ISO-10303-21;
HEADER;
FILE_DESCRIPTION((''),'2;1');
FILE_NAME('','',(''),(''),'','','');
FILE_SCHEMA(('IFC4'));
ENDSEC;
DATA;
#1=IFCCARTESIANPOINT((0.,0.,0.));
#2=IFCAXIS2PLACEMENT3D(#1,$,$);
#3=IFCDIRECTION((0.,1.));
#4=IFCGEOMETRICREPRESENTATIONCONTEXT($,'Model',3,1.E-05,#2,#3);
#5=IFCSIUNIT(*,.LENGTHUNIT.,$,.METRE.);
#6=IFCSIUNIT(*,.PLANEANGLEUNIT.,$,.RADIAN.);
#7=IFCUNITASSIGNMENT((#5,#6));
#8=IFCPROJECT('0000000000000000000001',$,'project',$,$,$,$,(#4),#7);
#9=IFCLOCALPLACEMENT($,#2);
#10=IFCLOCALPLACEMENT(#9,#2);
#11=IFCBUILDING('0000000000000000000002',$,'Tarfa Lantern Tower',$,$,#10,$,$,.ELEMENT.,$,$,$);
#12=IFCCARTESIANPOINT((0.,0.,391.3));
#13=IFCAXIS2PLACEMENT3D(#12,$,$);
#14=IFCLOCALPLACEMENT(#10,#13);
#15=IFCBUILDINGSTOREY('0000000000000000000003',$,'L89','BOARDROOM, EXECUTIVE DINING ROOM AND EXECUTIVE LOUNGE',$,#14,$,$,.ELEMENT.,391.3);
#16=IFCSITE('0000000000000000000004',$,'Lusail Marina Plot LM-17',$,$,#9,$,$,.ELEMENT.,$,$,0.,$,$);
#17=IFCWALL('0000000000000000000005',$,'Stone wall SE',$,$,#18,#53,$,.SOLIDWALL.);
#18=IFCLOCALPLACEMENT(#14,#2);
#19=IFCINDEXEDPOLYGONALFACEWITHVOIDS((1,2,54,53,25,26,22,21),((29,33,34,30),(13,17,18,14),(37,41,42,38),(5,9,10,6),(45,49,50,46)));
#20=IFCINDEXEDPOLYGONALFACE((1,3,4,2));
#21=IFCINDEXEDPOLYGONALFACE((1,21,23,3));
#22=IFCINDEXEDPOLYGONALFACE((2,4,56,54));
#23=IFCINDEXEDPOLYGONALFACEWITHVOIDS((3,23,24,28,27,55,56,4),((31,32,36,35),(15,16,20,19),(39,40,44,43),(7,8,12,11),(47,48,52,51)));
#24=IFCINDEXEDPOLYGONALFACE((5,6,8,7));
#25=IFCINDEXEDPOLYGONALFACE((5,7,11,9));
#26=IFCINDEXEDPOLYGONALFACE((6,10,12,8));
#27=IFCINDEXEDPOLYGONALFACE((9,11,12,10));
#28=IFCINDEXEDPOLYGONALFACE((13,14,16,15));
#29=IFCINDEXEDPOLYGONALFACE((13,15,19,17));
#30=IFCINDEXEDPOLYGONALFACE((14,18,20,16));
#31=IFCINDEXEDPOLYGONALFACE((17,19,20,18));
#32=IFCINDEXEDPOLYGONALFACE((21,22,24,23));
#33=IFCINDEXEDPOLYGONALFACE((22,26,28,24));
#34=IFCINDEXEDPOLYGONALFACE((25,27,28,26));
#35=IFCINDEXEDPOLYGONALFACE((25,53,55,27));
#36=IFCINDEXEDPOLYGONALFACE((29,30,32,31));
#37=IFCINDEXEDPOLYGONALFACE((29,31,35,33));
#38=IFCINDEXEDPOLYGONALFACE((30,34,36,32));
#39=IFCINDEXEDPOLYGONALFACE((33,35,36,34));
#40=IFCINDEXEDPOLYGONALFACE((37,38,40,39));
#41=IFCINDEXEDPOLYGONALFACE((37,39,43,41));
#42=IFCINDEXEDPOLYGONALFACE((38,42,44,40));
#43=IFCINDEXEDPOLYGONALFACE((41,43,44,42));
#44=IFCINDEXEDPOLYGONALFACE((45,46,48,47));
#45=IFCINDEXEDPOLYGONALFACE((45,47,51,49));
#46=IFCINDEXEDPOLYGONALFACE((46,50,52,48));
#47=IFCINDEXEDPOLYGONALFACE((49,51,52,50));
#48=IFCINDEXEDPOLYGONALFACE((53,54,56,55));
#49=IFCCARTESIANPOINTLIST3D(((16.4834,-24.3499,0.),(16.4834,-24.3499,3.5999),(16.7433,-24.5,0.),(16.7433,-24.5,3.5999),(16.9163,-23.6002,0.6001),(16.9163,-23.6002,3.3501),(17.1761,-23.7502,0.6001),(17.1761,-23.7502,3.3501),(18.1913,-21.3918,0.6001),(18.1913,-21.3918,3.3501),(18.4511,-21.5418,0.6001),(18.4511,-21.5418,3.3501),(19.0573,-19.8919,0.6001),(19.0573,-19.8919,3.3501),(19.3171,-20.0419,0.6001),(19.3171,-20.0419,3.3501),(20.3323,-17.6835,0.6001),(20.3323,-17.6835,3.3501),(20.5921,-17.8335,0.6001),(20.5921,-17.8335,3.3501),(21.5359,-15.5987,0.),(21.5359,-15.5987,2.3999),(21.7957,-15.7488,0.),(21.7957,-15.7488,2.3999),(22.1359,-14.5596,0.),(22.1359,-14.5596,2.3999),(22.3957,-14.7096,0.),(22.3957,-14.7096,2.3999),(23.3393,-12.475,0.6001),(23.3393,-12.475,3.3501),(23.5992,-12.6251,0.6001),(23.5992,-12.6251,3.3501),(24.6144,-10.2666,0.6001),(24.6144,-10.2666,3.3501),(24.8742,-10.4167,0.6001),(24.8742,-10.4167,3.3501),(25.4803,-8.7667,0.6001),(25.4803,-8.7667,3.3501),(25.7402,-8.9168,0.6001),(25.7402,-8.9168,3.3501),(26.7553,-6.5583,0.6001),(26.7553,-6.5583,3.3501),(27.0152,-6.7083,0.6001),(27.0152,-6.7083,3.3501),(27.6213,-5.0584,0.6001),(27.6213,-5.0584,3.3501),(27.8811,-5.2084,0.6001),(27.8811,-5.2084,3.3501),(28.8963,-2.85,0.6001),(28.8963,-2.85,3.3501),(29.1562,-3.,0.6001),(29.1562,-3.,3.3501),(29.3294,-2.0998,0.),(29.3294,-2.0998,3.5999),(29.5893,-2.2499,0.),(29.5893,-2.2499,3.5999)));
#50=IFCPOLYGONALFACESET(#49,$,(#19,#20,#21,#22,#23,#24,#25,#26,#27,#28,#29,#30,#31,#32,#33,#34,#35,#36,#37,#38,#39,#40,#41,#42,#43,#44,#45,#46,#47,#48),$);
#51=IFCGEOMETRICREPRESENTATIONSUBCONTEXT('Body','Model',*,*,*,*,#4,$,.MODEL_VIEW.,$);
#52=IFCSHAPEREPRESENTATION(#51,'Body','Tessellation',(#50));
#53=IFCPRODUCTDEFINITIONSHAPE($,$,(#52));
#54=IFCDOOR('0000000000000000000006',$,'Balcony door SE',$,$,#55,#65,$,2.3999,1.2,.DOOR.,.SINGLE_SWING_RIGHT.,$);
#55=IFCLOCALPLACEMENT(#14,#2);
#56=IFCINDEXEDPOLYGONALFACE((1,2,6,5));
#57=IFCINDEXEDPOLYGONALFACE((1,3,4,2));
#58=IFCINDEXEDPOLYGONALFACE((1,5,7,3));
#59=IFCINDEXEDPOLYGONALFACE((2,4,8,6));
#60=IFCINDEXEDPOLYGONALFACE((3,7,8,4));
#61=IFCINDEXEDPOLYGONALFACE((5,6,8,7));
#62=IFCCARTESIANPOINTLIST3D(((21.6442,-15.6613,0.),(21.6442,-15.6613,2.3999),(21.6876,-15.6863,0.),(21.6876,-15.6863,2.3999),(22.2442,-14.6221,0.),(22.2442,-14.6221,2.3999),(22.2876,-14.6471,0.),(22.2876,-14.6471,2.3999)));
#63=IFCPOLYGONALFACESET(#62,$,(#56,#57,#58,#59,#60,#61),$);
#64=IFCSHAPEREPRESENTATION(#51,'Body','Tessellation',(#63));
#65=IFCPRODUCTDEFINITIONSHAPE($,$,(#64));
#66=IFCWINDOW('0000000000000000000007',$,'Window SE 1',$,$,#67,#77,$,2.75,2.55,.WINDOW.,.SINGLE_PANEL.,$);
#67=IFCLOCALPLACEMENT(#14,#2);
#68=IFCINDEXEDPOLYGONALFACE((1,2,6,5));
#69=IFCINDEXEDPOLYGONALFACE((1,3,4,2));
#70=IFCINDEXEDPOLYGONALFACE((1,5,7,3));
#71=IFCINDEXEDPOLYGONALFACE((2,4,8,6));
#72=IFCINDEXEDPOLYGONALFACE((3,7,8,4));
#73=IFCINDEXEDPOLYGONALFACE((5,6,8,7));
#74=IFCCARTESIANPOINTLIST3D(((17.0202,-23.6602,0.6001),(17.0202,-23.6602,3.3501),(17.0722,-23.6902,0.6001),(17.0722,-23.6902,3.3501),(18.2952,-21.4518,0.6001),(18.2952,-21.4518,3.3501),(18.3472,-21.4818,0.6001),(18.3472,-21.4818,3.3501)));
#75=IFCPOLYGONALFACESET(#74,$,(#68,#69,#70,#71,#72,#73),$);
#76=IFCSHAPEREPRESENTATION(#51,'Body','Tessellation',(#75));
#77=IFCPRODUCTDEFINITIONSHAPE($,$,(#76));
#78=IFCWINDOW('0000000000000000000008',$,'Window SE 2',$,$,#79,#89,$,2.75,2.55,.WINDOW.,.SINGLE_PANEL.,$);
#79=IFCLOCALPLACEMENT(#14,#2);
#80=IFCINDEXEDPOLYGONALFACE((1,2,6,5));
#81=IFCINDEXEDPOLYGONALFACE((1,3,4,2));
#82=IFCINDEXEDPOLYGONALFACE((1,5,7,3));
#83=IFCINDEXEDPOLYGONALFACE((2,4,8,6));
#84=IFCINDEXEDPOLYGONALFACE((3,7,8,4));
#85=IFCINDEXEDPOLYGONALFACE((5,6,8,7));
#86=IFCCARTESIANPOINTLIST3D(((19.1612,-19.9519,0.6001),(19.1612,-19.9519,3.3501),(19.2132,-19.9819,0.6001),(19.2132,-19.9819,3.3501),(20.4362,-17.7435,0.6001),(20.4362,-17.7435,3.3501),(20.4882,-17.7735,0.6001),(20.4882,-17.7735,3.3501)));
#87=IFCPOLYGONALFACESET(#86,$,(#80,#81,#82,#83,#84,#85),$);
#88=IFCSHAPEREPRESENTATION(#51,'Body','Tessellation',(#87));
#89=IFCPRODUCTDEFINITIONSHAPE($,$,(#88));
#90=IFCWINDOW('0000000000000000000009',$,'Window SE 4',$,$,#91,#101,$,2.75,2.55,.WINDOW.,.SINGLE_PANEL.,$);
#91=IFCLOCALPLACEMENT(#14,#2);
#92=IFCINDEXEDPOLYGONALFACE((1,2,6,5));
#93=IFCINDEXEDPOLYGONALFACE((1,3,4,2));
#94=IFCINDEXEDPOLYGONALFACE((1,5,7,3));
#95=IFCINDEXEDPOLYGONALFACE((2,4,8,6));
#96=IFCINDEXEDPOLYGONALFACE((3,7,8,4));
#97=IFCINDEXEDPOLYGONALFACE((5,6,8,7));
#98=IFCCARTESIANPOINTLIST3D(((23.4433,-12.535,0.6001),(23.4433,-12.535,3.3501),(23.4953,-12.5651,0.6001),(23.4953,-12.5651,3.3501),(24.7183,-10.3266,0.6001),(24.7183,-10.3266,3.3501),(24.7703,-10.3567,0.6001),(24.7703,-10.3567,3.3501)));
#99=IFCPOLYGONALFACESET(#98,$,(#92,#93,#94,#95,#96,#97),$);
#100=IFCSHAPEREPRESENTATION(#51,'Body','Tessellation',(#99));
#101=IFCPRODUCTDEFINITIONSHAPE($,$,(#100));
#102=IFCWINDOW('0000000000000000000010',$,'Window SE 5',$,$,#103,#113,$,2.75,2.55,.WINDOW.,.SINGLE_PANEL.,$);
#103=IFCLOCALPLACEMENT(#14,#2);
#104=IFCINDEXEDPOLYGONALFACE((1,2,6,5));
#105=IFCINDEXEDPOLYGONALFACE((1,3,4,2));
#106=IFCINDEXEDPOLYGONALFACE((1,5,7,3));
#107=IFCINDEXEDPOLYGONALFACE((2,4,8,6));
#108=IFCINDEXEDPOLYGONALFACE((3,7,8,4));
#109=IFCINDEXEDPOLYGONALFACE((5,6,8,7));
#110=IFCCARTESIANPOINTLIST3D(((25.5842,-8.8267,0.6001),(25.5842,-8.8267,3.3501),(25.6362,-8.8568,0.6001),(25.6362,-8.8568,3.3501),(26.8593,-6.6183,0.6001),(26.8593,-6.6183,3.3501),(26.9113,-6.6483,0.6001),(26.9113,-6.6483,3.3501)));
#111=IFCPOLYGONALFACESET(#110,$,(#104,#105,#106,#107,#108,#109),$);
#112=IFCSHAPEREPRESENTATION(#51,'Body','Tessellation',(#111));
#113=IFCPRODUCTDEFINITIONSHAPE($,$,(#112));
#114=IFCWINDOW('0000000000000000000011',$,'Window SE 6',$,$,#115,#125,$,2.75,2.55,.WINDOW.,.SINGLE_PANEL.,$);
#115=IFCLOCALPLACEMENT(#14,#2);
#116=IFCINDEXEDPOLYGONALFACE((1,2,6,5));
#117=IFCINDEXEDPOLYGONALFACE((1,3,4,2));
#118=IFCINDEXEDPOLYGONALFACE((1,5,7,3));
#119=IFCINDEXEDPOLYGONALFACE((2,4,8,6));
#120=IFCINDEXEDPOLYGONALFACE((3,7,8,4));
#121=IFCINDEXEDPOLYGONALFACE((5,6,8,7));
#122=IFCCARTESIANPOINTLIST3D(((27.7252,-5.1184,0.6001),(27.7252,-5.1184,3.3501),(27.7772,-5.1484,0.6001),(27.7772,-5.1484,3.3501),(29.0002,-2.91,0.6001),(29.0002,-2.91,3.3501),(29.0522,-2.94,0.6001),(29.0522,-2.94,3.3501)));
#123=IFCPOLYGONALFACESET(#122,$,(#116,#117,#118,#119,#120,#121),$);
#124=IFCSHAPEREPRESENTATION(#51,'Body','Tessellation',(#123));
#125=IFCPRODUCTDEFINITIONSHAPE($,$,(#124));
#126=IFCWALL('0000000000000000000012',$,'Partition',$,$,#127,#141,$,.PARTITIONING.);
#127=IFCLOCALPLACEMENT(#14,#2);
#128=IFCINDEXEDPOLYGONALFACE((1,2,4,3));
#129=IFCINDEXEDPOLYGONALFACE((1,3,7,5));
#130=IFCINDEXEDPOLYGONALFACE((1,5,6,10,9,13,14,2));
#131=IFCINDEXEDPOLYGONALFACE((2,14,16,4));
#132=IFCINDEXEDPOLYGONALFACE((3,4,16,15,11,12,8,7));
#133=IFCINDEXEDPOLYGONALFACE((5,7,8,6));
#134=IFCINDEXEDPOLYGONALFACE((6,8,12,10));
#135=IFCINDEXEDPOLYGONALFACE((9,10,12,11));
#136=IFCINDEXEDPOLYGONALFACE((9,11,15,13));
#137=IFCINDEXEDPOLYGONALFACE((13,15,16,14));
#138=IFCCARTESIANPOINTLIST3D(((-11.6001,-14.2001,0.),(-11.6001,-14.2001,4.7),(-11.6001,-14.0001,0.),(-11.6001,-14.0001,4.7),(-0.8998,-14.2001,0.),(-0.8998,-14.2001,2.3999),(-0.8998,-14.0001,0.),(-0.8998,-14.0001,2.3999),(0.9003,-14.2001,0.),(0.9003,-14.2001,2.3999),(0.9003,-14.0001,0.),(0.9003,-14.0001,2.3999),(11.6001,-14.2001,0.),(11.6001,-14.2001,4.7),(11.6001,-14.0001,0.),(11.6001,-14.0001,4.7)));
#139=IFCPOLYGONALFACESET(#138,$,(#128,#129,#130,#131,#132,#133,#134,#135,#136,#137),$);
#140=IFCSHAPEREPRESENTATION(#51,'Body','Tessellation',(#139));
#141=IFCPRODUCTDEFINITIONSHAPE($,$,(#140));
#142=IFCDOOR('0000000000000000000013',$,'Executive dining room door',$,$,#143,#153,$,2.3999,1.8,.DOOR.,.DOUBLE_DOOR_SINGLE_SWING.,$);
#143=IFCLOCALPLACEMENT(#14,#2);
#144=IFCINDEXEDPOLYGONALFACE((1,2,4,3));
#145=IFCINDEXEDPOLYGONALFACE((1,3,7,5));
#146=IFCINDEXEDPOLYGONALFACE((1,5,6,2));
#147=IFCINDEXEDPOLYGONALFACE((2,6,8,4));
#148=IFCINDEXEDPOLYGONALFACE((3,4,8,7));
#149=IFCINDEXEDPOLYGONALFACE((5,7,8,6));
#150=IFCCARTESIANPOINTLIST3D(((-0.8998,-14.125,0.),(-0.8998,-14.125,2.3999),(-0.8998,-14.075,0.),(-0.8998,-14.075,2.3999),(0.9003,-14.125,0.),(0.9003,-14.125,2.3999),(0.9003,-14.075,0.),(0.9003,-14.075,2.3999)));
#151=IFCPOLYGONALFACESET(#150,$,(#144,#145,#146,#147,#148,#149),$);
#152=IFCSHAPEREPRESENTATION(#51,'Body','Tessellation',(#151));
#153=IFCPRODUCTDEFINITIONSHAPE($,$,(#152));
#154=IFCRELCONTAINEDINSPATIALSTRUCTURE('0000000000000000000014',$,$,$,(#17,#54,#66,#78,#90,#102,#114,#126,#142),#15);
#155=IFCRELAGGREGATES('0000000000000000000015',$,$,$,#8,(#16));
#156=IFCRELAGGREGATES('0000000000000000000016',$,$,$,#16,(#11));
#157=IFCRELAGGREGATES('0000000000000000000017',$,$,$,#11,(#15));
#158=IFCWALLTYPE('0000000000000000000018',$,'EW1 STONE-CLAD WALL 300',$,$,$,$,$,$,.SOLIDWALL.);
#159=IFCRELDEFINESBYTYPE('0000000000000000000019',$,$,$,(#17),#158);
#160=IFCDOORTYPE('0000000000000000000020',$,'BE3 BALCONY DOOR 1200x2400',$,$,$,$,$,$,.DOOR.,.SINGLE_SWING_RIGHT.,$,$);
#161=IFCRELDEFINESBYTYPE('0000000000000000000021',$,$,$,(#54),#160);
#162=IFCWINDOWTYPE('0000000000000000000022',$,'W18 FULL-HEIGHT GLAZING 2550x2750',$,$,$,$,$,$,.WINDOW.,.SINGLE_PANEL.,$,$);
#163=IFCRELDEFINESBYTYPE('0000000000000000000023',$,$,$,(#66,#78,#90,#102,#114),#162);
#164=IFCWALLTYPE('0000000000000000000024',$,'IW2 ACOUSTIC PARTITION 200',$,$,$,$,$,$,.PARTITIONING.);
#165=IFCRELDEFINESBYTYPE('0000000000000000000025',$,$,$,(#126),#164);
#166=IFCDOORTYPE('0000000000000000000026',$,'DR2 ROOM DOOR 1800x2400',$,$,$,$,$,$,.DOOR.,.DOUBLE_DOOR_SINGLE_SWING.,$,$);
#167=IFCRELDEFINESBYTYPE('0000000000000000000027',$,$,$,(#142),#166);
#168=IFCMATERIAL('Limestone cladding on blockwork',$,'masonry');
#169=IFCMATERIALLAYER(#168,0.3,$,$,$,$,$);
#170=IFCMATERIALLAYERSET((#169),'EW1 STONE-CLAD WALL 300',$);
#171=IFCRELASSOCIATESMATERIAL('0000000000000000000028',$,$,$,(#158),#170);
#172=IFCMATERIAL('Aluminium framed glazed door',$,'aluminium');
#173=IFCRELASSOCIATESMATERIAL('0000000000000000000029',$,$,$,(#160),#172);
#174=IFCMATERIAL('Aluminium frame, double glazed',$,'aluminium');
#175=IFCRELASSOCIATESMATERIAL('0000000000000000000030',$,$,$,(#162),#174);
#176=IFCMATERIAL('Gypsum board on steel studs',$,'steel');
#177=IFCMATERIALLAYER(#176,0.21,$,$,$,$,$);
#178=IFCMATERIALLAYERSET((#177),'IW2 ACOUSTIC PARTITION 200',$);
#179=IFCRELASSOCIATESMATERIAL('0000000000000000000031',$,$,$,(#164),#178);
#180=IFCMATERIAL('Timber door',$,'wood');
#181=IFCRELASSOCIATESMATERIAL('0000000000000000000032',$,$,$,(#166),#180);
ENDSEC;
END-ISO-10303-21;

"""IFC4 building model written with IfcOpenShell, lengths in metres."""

from ifc_helpers import new_model, si_unit, direction, frame, frame_2d, origin, place, context, subcontext, project, spatial, rectangle, extrude, material, layer, layer_set, type_object, element, fill, save


model = new_model("IFC4")

# Units and contexts
model_context = context("Model", 3, precision=1e-05, world=origin(), true_north=direction((0.0, 1.0)))
body_context = subcontext(model_context, "Body", "Model", "MODEL_VIEW")
ifc_project = project(units=[si_unit("LENGTHUNIT", "METRE"), si_unit("PLANEANGLEUNIT", "RADIAN")], contexts=[model_context])

# Site, building, storey
site_placement = place(None, origin())
site = spatial("IfcSite", under=ifc_project, at=site_placement, Name="Lusail Marina Plot LM-17", CompositionType="ELEMENT", RefElevation=0.0)
building_placement = place(site_placement, origin())
building = spatial("IfcBuilding", under=site, at=building_placement, Name="Tarfa Lantern Tower", CompositionType="ELEMENT")
storey_placement = place(building_placement, frame((0.0, 0.0, 391.3)))
storey = spatial("IfcBuildingStorey", under=building, at=storey_placement, Name="L89", Description="BOARDROOM, EXECUTIVE DINING ROOM AND EXECUTIVE LOUNGE", CompositionType="ELEMENT", Elevation=391.3)

# Wall, openings, door, windows
ifc_material_1 = material(Name="Limestone cladding on blockwork", Category="masonry")
ifc_layer_1 = layer(ifc_material_1, 0.3)
ifc_layer_set_1 = layer_set([ifc_layer_1], Name="EW1 STONE-CLAD WALL 300")
wall_type_1 = type_object("IfcWallType", Name="EW1 STONE-CLAD WALL 300", PredefinedType="SOLIDWALL", material=ifc_layer_set_1)
wall_1_placement = place(storey_placement, frame((16.6133, -24.425, 0.0), z_axis=(0.0, 0.0, 1.0), x_axis=(0.499997, 0.866027, 0.0)))
wall_1 = element("IfcWall", 1, at=wall_1_placement, inside=storey, type_object=wall_type_1, Name="Stone wall SE", PredefinedType="SOLIDWALL", context=body_context, shape_type="SweptSolid", body=[
    extrude(rectangle(XDim=25.6921, YDim=0.3, at=frame_2d((12.8462, 0.0))), origin(), (0.0, 0.0, 1.0), 3.5999),
])
opening_1_placement = place(wall_1_placement, frame((0.866, 0.0, 0.6001)))
opening_1 = element("IfcOpeningElement", 2, at=opening_1_placement, cuts=wall_1, PredefinedType="OPENING", context=body_context, shape_type="SweptSolid", body=[
    extrude(rectangle(XDim=2.55, YDim=2.75, at=frame_2d((1.2749, 1.375))), frame((0.0, 0.1599, 0.0), z_axis=(0.0, -1.0, 0.0), x_axis=(1.0, 0.0, 0.0)), (0.0, 0.0, 1.0), 0.3201),
])
opening_2_placement = place(wall_1_placement, frame((5.1479, 0.0, 0.6001)))
opening_2 = element("IfcOpeningElement", 3, at=opening_2_placement, cuts=wall_1, PredefinedType="OPENING", context=body_context, shape_type="SweptSolid", body=[
    extrude(rectangle(XDim=2.55, YDim=2.75, at=frame_2d((1.2749, 1.375))), frame((0.0, 0.1599, 0.0), z_axis=(0.0, -1.0, 0.0), x_axis=(1.0, 0.0, 0.0)), (0.0, 0.0, 1.0), 0.3201),
])
opening_3_placement = place(wall_1_placement, frame((10.105, 0.0, 0.0)))
opening_3 = element("IfcOpeningElement", 4, at=opening_3_placement, cuts=wall_1, PredefinedType="OPENING", context=body_context, shape_type="SweptSolid", body=[
    extrude(rectangle(XDim=1.2, YDim=2.3999, at=frame_2d((0.6001, 1.2))), frame((0.0, 0.1599, 0.0), z_axis=(0.0, -1.0, 0.0), x_axis=(1.0, 0.0, 0.0)), (0.0, 0.0, 1.0), 0.3201),
])
opening_4_placement = place(wall_1_placement, frame((13.7122, 0.0, 0.6001)))
opening_4 = element("IfcOpeningElement", 5, at=opening_4_placement, cuts=wall_1, PredefinedType="OPENING", context=body_context, shape_type="SweptSolid", body=[
    extrude(rectangle(XDim=2.55, YDim=2.75, at=frame_2d((1.2749, 1.375))), frame((0.0, 0.1599, 0.0), z_axis=(0.0, -1.0, 0.0), x_axis=(1.0, 0.0, 0.0)), (0.0, 0.0, 1.0), 0.3201),
])
opening_5_placement = place(wall_1_placement, frame((17.9941, 0.0, 0.6001)))
opening_5 = element("IfcOpeningElement", 6, at=opening_5_placement, cuts=wall_1, PredefinedType="OPENING", context=body_context, shape_type="SweptSolid", body=[
    extrude(rectangle(XDim=2.55, YDim=2.75, at=frame_2d((1.2749, 1.375))), frame((0.0, 0.1599, 0.0), z_axis=(0.0, -1.0, 0.0), x_axis=(1.0, 0.0, 0.0)), (0.0, 0.0, 1.0), 0.3201),
])
opening_6_placement = place(wall_1_placement, frame((22.2761, 0.0, 0.6001)))
opening_6 = element("IfcOpeningElement", 7, at=opening_6_placement, cuts=wall_1, PredefinedType="OPENING", context=body_context, shape_type="SweptSolid", body=[
    extrude(rectangle(XDim=2.55, YDim=2.75, at=frame_2d((1.2749, 1.375))), frame((0.0, 0.1599, 0.0), z_axis=(0.0, -1.0, 0.0), x_axis=(1.0, 0.0, 0.0)), (0.0, 0.0, 1.0), 0.3201),
])
ifc_material_2 = material(Name="Aluminium framed glazed door", Category="aluminium")
door_type_1 = type_object("IfcDoorType", Name="BE3 BALCONY DOOR 1200x2400", OperationType="SINGLE_SWING_RIGHT", PredefinedType="DOOR", material=ifc_material_2)
door_1_placement = place(opening_3_placement, origin())
door_1 = element("IfcDoor", 8, at=door_1_placement, inside=storey, type_object=door_type_1, Name="Balcony door SE", OperationType="SINGLE_SWING_RIGHT", OverallHeight=2.3999, OverallWidth=1.2, PredefinedType="DOOR", context=body_context, shape_type="SweptSolid", body=[
    extrude(rectangle(XDim=1.2, YDim=2.3999, at=frame_2d((0.6001, 1.2))), frame((0.0, 0.0249, 0.0), z_axis=(0.0, -1.0, 0.0), x_axis=(1.0, 0.0, 0.0)), (0.0, 0.0, 1.0), 0.05),
])
fill(opening_3, door_1)
ifc_material_3 = material(Name="Aluminium frame, double glazed", Category="aluminium")
window_type = type_object("IfcWindowType", Name="W18 FULL-HEIGHT GLAZING 2550x2750", PartitioningType="SINGLE_PANEL", PredefinedType="WINDOW", material=ifc_material_3)
window_1_placement = place(opening_1_placement, origin())
window_1 = element("IfcWindow", 9, at=window_1_placement, inside=storey, type_object=window_type, Name="Window SE 1", OverallHeight=2.75, OverallWidth=2.55, PartitioningType="SINGLE_PANEL", PredefinedType="WINDOW", context=body_context, shape_type="SweptSolid", body=[
    extrude(rectangle(XDim=2.55, YDim=2.75, at=frame_2d((1.2749, 1.375))), frame((0.0, 0.03, 0.0), z_axis=(0.0, -1.0, 0.0), x_axis=(1.0, 0.0, 0.0)), (0.0, 0.0, 1.0), 0.0601),
])
fill(opening_1, window_1)
window_2_placement = place(opening_2_placement, origin())
window_2 = element("IfcWindow", 10, at=window_2_placement, inside=storey, type_object=window_type, Name="Window SE 2", OverallHeight=2.75, OverallWidth=2.55, PartitioningType="SINGLE_PANEL", PredefinedType="WINDOW", context=body_context, shape_type="SweptSolid", body=[
    extrude(rectangle(XDim=2.55, YDim=2.75, at=frame_2d((1.2749, 1.375))), frame((0.0, 0.03, 0.0), z_axis=(0.0, -1.0, 0.0), x_axis=(1.0, 0.0, 0.0)), (0.0, 0.0, 1.0), 0.0601),
])
fill(opening_2, window_2)
window_3_placement = place(opening_4_placement, origin())
window_3 = element("IfcWindow", 11, at=window_3_placement, inside=storey, type_object=window_type, Name="Window SE 4", OverallHeight=2.75, OverallWidth=2.55, PartitioningType="SINGLE_PANEL", PredefinedType="WINDOW", context=body_context, shape_type="SweptSolid", body=[
    extrude(rectangle(XDim=2.55, YDim=2.75, at=frame_2d((1.2749, 1.375))), frame((0.0, 0.03, 0.0), z_axis=(0.0, -1.0, 0.0), x_axis=(1.0, 0.0, 0.0)), (0.0, 0.0, 1.0), 0.0601),
])
fill(opening_4, window_3)
window_4_placement = place(opening_5_placement, origin())
window_4 = element("IfcWindow", 12, at=window_4_placement, inside=storey, type_object=window_type, Name="Window SE 5", OverallHeight=2.75, OverallWidth=2.55, PartitioningType="SINGLE_PANEL", PredefinedType="WINDOW", context=body_context, shape_type="SweptSolid", body=[
    extrude(rectangle(XDim=2.55, YDim=2.75, at=frame_2d((1.2749, 1.375))), frame((0.0, 0.03, 0.0), z_axis=(0.0, -1.0, 0.0), x_axis=(1.0, 0.0, 0.0)), (0.0, 0.0, 1.0), 0.0601),
])
fill(opening_5, window_4)
window_5_placement = place(opening_6_placement, origin())
window_5 = element("IfcWindow", 13, at=window_5_placement, inside=storey, type_object=window_type, Name="Window SE 6", OverallHeight=2.75, OverallWidth=2.55, PartitioningType="SINGLE_PANEL", PredefinedType="WINDOW", context=body_context, shape_type="SweptSolid", body=[
    extrude(rectangle(XDim=2.55, YDim=2.75, at=frame_2d((1.2749, 1.375))), frame((0.0, 0.03, 0.0), z_axis=(0.0, -1.0, 0.0), x_axis=(1.0, 0.0, 0.0)), (0.0, 0.0, 1.0), 0.0601),
])
fill(opening_6, window_5)

# Wall, opening, door
ifc_material_4 = material(Name="Gypsum board on steel studs", Category="steel")
ifc_layer_2 = layer(ifc_material_4, 0.21)
ifc_layer_set_2 = layer_set([ifc_layer_2], Name="IW2 ACOUSTIC PARTITION 200")
wall_type_2 = type_object("IfcWallType", Name="IW2 ACOUSTIC PARTITION 200", PredefinedType="PARTITIONING", material=ifc_layer_set_2)
wall_2_placement = place(storey_placement, frame((11.6001, -14.1001, 0.0), z_axis=(0.0, 0.0, 1.0), x_axis=(-1.0, 0.0, 0.0)))
wall_2 = element("IfcWall", 14, at=wall_2_placement, inside=storey, type_object=wall_type_2, Name="Partition", PredefinedType="PARTITIONING", context=body_context, shape_type="SweptSolid", body=[
    extrude(rectangle(XDim=23.2002, YDim=0.2, at=frame_2d((11.6001, 0.0))), origin(), (0.0, 0.0, 1.0), 4.7),
])
opening_7_placement = place(wall_2_placement, frame((10.7, 0.0, 0.0)))
opening_7 = element("IfcOpeningElement", 15, at=opening_7_placement, cuts=wall_2, PredefinedType="OPENING", context=body_context, shape_type="SweptSolid", body=[
    extrude(rectangle(XDim=1.8, YDim=2.3999, at=frame_2d((0.8999, 1.2))), frame((0.0, 0.1099, 0.0), z_axis=(0.0, -1.0, 0.0), x_axis=(1.0, 0.0, 0.0)), (0.0, 0.0, 1.0), 0.22),
])
ifc_material_5 = material(Name="Timber door", Category="wood")
door_type_2 = type_object("IfcDoorType", Name="DR2 ROOM DOOR 1800x2400", OperationType="DOUBLE_DOOR_SINGLE_SWING", PredefinedType="DOOR", material=ifc_material_5)
door_2_placement = place(opening_7_placement, origin())
door_2 = element("IfcDoor", 16, at=door_2_placement, inside=storey, type_object=door_type_2, Name="Executive dining room door", OperationType="DOUBLE_DOOR_SINGLE_SWING", OverallHeight=2.3999, OverallWidth=1.8, PredefinedType="DOOR", context=body_context, shape_type="SweptSolid", body=[
    extrude(rectangle(XDim=1.8, YDim=2.3999, at=frame_2d((0.8999, 1.2))), frame((0.0, 0.0249, 0.0), z_axis=(0.0, -1.0, 0.0), x_axis=(1.0, 0.0, 0.0)), (0.0, 0.0, 1.0), 0.05),
])
fill(opening_7, door_2)

save(model, "model.ifc")
